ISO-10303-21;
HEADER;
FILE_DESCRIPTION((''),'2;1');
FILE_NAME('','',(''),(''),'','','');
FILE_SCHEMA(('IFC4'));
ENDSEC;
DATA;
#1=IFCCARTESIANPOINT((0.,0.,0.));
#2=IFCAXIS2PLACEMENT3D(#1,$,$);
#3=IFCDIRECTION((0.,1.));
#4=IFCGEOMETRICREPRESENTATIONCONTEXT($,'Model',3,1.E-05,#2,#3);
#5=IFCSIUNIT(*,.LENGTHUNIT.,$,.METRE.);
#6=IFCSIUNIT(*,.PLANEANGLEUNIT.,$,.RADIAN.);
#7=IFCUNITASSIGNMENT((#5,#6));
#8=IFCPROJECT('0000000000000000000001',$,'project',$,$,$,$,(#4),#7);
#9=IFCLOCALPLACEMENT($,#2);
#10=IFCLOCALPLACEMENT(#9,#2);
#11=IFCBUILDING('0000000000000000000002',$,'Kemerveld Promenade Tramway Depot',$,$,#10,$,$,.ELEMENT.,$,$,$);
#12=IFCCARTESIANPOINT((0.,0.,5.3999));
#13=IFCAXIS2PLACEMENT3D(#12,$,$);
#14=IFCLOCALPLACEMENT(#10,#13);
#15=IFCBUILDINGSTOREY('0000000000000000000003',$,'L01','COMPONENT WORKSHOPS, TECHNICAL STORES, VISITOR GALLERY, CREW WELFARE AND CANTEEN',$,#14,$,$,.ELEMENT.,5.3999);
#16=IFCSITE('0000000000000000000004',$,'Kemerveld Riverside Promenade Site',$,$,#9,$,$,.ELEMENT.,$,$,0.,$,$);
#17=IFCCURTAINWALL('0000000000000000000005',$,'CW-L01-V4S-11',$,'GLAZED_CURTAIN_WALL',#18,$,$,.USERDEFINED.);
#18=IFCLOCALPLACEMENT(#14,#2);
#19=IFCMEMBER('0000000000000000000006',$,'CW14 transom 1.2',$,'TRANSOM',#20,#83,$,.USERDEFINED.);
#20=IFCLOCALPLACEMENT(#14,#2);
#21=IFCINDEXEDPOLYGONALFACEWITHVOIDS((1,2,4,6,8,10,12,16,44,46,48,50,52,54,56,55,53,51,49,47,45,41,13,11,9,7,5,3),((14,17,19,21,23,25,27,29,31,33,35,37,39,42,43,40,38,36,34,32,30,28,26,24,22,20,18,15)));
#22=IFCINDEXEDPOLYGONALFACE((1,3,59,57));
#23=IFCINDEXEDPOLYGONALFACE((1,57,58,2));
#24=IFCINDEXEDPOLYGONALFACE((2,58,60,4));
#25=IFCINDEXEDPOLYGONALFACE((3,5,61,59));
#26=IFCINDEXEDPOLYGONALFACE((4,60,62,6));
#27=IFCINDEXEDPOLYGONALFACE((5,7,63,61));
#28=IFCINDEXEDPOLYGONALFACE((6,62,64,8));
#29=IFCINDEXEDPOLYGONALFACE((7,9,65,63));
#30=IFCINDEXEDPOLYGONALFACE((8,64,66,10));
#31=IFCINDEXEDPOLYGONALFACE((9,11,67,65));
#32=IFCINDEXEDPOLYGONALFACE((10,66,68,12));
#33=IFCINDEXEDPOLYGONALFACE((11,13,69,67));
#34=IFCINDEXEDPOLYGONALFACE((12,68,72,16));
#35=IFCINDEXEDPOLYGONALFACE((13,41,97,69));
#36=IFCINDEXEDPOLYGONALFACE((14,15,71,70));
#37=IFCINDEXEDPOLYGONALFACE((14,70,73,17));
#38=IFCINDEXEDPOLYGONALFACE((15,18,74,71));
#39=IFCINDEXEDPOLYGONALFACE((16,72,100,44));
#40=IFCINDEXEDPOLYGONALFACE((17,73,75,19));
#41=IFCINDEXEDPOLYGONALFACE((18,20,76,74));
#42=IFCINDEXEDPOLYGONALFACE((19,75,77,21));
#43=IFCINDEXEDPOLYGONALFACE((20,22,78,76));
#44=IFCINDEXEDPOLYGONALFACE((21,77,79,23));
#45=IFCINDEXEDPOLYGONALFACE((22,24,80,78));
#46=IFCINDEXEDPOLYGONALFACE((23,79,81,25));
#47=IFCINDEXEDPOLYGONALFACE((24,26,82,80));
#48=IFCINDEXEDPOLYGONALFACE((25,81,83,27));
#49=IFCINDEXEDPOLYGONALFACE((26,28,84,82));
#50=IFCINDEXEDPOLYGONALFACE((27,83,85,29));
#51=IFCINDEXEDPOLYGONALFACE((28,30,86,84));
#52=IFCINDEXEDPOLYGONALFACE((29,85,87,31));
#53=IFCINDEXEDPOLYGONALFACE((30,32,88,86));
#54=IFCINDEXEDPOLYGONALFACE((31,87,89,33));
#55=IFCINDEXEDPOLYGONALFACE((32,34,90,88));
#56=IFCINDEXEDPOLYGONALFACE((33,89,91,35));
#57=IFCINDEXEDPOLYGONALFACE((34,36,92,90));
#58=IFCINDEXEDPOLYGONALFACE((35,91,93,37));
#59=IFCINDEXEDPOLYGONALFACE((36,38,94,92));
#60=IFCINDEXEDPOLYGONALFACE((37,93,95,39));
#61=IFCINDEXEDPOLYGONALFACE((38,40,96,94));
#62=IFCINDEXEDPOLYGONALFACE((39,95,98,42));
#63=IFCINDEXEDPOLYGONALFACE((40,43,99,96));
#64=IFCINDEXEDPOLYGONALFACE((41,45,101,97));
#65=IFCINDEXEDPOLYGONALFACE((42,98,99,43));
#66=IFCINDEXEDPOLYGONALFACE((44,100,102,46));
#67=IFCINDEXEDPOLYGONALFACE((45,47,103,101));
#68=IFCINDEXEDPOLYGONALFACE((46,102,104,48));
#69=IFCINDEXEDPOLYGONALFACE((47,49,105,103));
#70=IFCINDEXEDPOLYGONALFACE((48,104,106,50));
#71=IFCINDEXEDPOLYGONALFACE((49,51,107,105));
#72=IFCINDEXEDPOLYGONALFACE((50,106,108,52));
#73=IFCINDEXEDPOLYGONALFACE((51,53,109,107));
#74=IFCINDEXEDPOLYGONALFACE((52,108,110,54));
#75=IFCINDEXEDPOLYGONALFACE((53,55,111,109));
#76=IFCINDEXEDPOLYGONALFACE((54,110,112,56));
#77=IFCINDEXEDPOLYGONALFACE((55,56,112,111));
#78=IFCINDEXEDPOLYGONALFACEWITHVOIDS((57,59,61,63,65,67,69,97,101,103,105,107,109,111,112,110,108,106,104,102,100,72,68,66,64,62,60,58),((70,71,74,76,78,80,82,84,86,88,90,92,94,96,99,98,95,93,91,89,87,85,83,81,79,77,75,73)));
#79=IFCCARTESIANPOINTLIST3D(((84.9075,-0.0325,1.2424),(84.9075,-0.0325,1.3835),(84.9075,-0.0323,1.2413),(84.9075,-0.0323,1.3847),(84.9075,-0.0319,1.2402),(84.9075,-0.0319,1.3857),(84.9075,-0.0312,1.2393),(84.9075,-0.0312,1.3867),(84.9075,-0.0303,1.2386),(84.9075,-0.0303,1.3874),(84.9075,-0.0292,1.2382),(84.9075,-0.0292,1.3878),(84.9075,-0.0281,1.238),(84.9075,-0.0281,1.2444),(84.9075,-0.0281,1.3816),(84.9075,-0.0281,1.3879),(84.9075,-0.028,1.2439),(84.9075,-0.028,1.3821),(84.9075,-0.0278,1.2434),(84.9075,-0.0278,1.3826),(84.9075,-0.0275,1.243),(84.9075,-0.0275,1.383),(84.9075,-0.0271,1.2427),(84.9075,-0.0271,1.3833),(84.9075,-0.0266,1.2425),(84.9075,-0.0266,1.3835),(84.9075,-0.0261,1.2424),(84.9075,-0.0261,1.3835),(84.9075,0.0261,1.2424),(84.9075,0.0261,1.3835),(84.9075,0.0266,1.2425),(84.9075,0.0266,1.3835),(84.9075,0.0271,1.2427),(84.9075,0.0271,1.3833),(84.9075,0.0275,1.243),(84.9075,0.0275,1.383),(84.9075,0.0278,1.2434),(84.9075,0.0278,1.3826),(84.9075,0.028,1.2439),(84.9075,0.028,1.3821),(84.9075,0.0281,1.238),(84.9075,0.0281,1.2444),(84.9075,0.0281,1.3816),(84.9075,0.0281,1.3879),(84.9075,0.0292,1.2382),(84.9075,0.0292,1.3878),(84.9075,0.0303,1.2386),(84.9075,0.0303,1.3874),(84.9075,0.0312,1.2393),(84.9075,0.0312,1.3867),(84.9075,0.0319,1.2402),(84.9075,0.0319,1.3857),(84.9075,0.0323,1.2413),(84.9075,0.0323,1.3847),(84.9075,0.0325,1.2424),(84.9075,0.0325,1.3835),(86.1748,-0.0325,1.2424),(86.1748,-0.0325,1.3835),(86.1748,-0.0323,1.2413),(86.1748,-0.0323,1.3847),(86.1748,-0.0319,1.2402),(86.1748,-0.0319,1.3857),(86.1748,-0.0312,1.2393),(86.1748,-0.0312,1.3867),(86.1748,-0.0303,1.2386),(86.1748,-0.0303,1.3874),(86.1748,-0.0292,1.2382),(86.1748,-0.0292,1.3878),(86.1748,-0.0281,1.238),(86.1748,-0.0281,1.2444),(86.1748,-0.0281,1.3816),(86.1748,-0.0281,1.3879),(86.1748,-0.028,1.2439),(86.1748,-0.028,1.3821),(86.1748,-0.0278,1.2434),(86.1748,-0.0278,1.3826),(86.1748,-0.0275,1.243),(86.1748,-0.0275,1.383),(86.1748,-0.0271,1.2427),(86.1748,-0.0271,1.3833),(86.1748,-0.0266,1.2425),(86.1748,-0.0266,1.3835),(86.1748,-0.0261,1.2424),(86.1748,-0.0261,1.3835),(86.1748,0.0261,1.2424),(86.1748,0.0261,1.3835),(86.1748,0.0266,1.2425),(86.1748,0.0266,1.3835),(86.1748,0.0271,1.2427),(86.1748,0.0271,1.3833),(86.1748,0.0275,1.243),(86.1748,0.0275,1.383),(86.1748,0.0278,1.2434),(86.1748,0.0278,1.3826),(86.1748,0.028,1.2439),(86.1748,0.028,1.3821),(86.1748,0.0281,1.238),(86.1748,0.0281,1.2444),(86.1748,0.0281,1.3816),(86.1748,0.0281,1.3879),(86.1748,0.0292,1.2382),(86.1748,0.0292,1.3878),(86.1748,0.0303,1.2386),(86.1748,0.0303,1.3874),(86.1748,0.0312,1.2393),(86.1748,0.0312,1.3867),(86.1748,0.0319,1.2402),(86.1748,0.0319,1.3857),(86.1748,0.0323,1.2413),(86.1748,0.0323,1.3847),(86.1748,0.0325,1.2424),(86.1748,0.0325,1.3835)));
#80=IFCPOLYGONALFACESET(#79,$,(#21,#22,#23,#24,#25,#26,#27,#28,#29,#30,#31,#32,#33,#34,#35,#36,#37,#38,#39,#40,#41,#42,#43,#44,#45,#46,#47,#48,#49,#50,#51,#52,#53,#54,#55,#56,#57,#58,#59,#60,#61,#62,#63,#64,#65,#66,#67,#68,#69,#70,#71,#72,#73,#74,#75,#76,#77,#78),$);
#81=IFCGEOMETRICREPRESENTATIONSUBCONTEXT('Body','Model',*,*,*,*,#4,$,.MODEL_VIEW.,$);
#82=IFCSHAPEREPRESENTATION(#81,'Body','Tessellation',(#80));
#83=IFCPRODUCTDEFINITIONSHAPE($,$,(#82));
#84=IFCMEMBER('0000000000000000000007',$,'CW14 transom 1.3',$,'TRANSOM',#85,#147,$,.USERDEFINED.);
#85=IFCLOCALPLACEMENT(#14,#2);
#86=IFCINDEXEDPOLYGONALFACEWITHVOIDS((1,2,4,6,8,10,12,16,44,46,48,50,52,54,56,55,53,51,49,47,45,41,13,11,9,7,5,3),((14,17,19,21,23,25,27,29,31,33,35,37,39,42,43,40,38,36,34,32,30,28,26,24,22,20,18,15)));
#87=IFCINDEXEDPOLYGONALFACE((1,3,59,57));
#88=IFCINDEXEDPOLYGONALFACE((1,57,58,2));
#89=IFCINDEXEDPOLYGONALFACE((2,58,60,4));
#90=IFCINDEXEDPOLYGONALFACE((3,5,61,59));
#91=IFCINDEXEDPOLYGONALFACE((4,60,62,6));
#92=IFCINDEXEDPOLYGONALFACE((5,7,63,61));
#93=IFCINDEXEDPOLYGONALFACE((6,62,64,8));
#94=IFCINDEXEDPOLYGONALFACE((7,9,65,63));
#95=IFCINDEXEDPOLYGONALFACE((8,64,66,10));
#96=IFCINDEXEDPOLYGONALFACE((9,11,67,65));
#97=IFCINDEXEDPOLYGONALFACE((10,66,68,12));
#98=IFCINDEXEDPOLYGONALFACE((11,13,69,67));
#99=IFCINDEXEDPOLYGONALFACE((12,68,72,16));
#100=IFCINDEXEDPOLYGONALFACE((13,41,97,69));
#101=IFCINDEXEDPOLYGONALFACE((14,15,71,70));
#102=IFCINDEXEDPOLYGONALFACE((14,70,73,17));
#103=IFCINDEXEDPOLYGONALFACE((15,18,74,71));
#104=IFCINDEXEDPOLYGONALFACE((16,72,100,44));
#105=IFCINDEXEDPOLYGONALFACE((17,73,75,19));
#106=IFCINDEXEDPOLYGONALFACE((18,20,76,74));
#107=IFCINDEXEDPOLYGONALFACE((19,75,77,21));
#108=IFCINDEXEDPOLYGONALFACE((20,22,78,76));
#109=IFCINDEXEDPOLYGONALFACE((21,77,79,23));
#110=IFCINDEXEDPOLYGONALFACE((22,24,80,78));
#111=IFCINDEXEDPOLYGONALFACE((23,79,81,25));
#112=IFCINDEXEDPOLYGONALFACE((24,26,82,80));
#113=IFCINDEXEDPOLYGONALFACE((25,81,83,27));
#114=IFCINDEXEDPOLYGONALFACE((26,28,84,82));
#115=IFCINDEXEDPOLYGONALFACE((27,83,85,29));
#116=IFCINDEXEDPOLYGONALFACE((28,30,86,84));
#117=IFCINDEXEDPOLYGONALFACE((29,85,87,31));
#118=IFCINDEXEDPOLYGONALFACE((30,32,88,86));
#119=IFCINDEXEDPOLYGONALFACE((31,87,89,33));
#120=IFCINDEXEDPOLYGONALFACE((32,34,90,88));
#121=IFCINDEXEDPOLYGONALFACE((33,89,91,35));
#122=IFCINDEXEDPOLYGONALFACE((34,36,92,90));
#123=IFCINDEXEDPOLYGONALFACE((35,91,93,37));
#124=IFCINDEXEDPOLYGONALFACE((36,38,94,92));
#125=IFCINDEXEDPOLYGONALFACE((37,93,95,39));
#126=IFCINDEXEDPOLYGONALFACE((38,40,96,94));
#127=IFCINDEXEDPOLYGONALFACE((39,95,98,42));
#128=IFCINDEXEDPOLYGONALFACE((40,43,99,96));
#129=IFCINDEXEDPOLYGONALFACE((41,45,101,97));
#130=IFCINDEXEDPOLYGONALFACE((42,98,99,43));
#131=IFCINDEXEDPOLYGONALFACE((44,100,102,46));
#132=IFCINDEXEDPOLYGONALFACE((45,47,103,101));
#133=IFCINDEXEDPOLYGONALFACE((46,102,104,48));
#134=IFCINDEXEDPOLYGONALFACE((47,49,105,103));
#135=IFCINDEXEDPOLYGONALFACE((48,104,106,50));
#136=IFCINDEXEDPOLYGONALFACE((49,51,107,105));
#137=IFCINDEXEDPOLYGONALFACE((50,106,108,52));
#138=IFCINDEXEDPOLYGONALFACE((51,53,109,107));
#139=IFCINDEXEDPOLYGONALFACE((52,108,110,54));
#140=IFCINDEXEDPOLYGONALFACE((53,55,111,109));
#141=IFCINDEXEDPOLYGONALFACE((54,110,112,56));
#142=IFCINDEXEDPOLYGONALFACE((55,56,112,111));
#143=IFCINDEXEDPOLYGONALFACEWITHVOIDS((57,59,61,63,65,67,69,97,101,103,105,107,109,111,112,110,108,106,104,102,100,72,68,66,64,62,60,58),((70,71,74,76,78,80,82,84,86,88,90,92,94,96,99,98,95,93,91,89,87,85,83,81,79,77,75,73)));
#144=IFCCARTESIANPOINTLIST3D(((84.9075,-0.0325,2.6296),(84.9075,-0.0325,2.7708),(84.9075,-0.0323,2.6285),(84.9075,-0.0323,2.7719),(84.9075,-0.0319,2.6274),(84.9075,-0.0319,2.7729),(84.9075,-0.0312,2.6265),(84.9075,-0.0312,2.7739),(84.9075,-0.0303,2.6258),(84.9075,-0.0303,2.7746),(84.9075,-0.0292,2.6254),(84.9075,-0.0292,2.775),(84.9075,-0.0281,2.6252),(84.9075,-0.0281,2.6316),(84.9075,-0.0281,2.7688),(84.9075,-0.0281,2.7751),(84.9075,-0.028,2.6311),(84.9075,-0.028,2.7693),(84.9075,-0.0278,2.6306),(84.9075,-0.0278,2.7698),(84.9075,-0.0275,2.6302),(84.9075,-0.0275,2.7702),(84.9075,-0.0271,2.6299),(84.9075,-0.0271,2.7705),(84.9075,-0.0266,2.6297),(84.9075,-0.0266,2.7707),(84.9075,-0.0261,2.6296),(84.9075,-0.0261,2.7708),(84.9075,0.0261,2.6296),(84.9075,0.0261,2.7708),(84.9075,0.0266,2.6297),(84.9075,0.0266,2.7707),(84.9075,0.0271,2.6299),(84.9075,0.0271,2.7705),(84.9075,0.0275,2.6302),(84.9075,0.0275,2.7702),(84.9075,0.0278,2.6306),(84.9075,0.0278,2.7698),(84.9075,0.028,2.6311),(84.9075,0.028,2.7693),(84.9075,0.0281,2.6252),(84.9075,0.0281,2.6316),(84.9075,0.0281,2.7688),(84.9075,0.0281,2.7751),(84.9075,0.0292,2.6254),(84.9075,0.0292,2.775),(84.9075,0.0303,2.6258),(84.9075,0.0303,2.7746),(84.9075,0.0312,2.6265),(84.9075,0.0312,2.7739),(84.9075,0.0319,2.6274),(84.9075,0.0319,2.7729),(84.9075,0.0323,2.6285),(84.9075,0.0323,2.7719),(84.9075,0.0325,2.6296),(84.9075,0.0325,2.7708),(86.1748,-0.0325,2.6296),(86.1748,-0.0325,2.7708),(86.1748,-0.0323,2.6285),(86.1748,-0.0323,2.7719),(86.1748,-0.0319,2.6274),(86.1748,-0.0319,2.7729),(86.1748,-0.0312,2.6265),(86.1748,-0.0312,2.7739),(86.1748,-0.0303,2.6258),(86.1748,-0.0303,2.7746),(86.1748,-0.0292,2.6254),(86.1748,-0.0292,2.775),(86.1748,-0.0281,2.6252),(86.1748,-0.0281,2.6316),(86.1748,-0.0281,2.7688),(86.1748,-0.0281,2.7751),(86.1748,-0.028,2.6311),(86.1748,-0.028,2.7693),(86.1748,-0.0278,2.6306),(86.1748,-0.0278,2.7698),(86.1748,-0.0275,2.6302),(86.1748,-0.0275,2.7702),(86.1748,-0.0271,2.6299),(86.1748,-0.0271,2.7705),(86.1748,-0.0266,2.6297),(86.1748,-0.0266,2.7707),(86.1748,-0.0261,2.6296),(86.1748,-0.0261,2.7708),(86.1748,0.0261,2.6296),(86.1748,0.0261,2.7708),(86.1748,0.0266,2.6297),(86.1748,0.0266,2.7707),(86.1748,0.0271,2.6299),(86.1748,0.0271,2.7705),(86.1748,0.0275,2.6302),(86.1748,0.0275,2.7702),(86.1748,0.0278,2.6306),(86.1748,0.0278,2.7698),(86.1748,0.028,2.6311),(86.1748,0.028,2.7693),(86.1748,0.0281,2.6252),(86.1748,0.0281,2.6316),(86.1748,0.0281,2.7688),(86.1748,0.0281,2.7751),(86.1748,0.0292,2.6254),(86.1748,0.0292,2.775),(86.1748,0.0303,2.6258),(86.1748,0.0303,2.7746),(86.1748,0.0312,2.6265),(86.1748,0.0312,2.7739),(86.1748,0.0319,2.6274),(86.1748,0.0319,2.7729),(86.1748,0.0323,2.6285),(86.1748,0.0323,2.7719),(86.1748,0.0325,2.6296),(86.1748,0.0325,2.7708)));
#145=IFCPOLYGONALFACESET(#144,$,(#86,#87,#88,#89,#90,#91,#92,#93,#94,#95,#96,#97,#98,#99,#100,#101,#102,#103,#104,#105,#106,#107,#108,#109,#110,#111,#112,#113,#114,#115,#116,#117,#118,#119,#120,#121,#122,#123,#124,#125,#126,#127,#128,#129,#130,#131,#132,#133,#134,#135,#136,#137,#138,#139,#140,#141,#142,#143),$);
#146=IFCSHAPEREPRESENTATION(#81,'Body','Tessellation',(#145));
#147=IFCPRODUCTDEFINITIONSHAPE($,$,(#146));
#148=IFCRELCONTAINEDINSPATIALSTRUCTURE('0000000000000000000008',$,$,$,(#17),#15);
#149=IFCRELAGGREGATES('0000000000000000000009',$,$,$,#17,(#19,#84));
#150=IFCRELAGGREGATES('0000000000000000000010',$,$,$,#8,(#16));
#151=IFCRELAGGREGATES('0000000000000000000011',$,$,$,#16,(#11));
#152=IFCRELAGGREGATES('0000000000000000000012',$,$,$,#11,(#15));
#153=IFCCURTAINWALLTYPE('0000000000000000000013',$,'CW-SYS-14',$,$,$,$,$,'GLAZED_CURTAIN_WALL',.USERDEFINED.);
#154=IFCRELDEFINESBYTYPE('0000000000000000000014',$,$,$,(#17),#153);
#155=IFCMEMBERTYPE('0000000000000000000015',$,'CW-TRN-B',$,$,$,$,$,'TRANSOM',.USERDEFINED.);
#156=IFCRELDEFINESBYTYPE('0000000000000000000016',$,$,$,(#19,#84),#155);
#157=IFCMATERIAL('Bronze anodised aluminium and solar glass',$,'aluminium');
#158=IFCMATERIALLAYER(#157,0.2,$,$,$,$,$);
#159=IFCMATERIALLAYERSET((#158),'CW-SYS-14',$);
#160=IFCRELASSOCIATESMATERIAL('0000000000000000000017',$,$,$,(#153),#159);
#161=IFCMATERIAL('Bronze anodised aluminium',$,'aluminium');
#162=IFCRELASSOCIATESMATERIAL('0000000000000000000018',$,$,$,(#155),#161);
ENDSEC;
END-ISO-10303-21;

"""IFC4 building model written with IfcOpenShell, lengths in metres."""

from ifc_helpers import new_model, si_unit, direction, frame, origin, origin_2d, place, context, subcontext, project, spatial, hollow_rectangle, extrude, material, layer, layer_set, material_profile, profile_set, type_object, element, aggregate, save


model = new_model("IFC4")

# Units and contexts
model_context = context("Model", 3, precision=1e-05, world=origin(), true_north=direction((0.0, 1.0)))
body_context = subcontext(model_context, "Body", "Model", "MODEL_VIEW")
ifc_project = project(units=[si_unit("LENGTHUNIT", "METRE"), si_unit("PLANEANGLEUNIT", "RADIAN")], contexts=[model_context])

# Site, building, storey
site_placement = place(None, origin())
site = spatial("IfcSite", under=ifc_project, at=site_placement, Name="Kemerveld Riverside Promenade Site", CompositionType="ELEMENT", RefElevation=0.0)
building_placement = place(site_placement, origin())
building = spatial("IfcBuilding", under=site, at=building_placement, Name="Kemerveld Promenade Tramway Depot", CompositionType="ELEMENT")
storey_placement = place(building_placement, frame((0.0, 0.0, 5.3999)))
storey = spatial("IfcBuildingStorey", under=building, at=storey_placement, Name="L01", Description="COMPONENT WORKSHOPS, TECHNICAL STORES, VISITOR GALLERY, CREW WELFARE AND CANTEEN", CompositionType="ELEMENT", Elevation=5.3999)

# Curtain wall, members
ifc_material_1 = material(Name="Bronze anodised aluminium and solar glass", Category="aluminium")
ifc_layer_1 = layer(ifc_material_1, 0.2)
ifc_layer_set_1 = layer_set([ifc_layer_1], Name="CW-SYS-14")
curtain_wall_type = type_object("IfcCurtainWallType", Name="CW-SYS-14", ElementType="GLAZED_CURTAIN_WALL", PredefinedType="USERDEFINED", material=ifc_layer_set_1)
curtain_wall_placement = place(storey_placement, origin())
curtain_wall = element("IfcCurtainWall", 1, at=curtain_wall_placement, inside=storey, type_object=curtain_wall_type, Name="CW-L01-V4S-11", ObjectType="GLAZED_CURTAIN_WALL", PredefinedType="USERDEFINED")
ifc_material_2 = material(Name="Bronze anodised aluminium", Category="aluminium")
ifc_material_profile_1 = material_profile(ifc_material_2, hollow_rectangle(XDim=0.0649, YDim=0.1499, WallThickness=0.0044, InnerFilletRadius=0.002, OuterFilletRadius=0.0044, at=origin_2d()), Name="CW-TRN-150x65")
ifc_profile_set_1 = profile_set([ifc_material_profile_1], Name="Bronze anodised aluminium")
member_type_1 = type_object("IfcMemberType", Name="CW-TRN-B", ElementType="TRANSOM", PredefinedType="USERDEFINED", material=ifc_profile_set_1)
member_1_placement = place(storey_placement, frame((86.1748, 0.0, 1.313), z_axis=(-1.0, 0.0, 0.0), x_axis=(0.0, -1.0, 0.0)))
member_1 = element("IfcMember", 2, at=member_1_placement, type_object=member_type_1, Name="CW14 transom 1.2", ObjectType="TRANSOM", PredefinedType="USERDEFINED", context=body_context, shape_type="SweptSolid", body=[
    extrude(hollow_rectangle(XDim=0.0649, YDim=0.1499, WallThickness=0.0044, InnerFilletRadius=0.002, OuterFilletRadius=0.0044, at=origin_2d()), origin(), (0.0, 0.0, 1.0), 1.2673),
])
member_2_placement = place(storey_placement, frame((86.1748, 0.0, 2.7002), z_axis=(-1.0, 0.0, 0.0), x_axis=(0.0, -1.0, 0.0)))
member_2 = element("IfcMember", 3, at=member_2_placement, type_object=member_type_1, Name="CW14 transom 1.3", ObjectType="TRANSOM", PredefinedType="USERDEFINED", context=body_context, shape_type="SweptSolid", body=[
    extrude(hollow_rectangle(XDim=0.0649, YDim=0.1499, WallThickness=0.0044, InnerFilletRadius=0.002, OuterFilletRadius=0.0044, at=origin_2d()), origin(), (0.0, 0.0, 1.0), 1.2673),
])
aggregate(curtain_wall, [member_1, member_2])

save(model, "model.ifc")
